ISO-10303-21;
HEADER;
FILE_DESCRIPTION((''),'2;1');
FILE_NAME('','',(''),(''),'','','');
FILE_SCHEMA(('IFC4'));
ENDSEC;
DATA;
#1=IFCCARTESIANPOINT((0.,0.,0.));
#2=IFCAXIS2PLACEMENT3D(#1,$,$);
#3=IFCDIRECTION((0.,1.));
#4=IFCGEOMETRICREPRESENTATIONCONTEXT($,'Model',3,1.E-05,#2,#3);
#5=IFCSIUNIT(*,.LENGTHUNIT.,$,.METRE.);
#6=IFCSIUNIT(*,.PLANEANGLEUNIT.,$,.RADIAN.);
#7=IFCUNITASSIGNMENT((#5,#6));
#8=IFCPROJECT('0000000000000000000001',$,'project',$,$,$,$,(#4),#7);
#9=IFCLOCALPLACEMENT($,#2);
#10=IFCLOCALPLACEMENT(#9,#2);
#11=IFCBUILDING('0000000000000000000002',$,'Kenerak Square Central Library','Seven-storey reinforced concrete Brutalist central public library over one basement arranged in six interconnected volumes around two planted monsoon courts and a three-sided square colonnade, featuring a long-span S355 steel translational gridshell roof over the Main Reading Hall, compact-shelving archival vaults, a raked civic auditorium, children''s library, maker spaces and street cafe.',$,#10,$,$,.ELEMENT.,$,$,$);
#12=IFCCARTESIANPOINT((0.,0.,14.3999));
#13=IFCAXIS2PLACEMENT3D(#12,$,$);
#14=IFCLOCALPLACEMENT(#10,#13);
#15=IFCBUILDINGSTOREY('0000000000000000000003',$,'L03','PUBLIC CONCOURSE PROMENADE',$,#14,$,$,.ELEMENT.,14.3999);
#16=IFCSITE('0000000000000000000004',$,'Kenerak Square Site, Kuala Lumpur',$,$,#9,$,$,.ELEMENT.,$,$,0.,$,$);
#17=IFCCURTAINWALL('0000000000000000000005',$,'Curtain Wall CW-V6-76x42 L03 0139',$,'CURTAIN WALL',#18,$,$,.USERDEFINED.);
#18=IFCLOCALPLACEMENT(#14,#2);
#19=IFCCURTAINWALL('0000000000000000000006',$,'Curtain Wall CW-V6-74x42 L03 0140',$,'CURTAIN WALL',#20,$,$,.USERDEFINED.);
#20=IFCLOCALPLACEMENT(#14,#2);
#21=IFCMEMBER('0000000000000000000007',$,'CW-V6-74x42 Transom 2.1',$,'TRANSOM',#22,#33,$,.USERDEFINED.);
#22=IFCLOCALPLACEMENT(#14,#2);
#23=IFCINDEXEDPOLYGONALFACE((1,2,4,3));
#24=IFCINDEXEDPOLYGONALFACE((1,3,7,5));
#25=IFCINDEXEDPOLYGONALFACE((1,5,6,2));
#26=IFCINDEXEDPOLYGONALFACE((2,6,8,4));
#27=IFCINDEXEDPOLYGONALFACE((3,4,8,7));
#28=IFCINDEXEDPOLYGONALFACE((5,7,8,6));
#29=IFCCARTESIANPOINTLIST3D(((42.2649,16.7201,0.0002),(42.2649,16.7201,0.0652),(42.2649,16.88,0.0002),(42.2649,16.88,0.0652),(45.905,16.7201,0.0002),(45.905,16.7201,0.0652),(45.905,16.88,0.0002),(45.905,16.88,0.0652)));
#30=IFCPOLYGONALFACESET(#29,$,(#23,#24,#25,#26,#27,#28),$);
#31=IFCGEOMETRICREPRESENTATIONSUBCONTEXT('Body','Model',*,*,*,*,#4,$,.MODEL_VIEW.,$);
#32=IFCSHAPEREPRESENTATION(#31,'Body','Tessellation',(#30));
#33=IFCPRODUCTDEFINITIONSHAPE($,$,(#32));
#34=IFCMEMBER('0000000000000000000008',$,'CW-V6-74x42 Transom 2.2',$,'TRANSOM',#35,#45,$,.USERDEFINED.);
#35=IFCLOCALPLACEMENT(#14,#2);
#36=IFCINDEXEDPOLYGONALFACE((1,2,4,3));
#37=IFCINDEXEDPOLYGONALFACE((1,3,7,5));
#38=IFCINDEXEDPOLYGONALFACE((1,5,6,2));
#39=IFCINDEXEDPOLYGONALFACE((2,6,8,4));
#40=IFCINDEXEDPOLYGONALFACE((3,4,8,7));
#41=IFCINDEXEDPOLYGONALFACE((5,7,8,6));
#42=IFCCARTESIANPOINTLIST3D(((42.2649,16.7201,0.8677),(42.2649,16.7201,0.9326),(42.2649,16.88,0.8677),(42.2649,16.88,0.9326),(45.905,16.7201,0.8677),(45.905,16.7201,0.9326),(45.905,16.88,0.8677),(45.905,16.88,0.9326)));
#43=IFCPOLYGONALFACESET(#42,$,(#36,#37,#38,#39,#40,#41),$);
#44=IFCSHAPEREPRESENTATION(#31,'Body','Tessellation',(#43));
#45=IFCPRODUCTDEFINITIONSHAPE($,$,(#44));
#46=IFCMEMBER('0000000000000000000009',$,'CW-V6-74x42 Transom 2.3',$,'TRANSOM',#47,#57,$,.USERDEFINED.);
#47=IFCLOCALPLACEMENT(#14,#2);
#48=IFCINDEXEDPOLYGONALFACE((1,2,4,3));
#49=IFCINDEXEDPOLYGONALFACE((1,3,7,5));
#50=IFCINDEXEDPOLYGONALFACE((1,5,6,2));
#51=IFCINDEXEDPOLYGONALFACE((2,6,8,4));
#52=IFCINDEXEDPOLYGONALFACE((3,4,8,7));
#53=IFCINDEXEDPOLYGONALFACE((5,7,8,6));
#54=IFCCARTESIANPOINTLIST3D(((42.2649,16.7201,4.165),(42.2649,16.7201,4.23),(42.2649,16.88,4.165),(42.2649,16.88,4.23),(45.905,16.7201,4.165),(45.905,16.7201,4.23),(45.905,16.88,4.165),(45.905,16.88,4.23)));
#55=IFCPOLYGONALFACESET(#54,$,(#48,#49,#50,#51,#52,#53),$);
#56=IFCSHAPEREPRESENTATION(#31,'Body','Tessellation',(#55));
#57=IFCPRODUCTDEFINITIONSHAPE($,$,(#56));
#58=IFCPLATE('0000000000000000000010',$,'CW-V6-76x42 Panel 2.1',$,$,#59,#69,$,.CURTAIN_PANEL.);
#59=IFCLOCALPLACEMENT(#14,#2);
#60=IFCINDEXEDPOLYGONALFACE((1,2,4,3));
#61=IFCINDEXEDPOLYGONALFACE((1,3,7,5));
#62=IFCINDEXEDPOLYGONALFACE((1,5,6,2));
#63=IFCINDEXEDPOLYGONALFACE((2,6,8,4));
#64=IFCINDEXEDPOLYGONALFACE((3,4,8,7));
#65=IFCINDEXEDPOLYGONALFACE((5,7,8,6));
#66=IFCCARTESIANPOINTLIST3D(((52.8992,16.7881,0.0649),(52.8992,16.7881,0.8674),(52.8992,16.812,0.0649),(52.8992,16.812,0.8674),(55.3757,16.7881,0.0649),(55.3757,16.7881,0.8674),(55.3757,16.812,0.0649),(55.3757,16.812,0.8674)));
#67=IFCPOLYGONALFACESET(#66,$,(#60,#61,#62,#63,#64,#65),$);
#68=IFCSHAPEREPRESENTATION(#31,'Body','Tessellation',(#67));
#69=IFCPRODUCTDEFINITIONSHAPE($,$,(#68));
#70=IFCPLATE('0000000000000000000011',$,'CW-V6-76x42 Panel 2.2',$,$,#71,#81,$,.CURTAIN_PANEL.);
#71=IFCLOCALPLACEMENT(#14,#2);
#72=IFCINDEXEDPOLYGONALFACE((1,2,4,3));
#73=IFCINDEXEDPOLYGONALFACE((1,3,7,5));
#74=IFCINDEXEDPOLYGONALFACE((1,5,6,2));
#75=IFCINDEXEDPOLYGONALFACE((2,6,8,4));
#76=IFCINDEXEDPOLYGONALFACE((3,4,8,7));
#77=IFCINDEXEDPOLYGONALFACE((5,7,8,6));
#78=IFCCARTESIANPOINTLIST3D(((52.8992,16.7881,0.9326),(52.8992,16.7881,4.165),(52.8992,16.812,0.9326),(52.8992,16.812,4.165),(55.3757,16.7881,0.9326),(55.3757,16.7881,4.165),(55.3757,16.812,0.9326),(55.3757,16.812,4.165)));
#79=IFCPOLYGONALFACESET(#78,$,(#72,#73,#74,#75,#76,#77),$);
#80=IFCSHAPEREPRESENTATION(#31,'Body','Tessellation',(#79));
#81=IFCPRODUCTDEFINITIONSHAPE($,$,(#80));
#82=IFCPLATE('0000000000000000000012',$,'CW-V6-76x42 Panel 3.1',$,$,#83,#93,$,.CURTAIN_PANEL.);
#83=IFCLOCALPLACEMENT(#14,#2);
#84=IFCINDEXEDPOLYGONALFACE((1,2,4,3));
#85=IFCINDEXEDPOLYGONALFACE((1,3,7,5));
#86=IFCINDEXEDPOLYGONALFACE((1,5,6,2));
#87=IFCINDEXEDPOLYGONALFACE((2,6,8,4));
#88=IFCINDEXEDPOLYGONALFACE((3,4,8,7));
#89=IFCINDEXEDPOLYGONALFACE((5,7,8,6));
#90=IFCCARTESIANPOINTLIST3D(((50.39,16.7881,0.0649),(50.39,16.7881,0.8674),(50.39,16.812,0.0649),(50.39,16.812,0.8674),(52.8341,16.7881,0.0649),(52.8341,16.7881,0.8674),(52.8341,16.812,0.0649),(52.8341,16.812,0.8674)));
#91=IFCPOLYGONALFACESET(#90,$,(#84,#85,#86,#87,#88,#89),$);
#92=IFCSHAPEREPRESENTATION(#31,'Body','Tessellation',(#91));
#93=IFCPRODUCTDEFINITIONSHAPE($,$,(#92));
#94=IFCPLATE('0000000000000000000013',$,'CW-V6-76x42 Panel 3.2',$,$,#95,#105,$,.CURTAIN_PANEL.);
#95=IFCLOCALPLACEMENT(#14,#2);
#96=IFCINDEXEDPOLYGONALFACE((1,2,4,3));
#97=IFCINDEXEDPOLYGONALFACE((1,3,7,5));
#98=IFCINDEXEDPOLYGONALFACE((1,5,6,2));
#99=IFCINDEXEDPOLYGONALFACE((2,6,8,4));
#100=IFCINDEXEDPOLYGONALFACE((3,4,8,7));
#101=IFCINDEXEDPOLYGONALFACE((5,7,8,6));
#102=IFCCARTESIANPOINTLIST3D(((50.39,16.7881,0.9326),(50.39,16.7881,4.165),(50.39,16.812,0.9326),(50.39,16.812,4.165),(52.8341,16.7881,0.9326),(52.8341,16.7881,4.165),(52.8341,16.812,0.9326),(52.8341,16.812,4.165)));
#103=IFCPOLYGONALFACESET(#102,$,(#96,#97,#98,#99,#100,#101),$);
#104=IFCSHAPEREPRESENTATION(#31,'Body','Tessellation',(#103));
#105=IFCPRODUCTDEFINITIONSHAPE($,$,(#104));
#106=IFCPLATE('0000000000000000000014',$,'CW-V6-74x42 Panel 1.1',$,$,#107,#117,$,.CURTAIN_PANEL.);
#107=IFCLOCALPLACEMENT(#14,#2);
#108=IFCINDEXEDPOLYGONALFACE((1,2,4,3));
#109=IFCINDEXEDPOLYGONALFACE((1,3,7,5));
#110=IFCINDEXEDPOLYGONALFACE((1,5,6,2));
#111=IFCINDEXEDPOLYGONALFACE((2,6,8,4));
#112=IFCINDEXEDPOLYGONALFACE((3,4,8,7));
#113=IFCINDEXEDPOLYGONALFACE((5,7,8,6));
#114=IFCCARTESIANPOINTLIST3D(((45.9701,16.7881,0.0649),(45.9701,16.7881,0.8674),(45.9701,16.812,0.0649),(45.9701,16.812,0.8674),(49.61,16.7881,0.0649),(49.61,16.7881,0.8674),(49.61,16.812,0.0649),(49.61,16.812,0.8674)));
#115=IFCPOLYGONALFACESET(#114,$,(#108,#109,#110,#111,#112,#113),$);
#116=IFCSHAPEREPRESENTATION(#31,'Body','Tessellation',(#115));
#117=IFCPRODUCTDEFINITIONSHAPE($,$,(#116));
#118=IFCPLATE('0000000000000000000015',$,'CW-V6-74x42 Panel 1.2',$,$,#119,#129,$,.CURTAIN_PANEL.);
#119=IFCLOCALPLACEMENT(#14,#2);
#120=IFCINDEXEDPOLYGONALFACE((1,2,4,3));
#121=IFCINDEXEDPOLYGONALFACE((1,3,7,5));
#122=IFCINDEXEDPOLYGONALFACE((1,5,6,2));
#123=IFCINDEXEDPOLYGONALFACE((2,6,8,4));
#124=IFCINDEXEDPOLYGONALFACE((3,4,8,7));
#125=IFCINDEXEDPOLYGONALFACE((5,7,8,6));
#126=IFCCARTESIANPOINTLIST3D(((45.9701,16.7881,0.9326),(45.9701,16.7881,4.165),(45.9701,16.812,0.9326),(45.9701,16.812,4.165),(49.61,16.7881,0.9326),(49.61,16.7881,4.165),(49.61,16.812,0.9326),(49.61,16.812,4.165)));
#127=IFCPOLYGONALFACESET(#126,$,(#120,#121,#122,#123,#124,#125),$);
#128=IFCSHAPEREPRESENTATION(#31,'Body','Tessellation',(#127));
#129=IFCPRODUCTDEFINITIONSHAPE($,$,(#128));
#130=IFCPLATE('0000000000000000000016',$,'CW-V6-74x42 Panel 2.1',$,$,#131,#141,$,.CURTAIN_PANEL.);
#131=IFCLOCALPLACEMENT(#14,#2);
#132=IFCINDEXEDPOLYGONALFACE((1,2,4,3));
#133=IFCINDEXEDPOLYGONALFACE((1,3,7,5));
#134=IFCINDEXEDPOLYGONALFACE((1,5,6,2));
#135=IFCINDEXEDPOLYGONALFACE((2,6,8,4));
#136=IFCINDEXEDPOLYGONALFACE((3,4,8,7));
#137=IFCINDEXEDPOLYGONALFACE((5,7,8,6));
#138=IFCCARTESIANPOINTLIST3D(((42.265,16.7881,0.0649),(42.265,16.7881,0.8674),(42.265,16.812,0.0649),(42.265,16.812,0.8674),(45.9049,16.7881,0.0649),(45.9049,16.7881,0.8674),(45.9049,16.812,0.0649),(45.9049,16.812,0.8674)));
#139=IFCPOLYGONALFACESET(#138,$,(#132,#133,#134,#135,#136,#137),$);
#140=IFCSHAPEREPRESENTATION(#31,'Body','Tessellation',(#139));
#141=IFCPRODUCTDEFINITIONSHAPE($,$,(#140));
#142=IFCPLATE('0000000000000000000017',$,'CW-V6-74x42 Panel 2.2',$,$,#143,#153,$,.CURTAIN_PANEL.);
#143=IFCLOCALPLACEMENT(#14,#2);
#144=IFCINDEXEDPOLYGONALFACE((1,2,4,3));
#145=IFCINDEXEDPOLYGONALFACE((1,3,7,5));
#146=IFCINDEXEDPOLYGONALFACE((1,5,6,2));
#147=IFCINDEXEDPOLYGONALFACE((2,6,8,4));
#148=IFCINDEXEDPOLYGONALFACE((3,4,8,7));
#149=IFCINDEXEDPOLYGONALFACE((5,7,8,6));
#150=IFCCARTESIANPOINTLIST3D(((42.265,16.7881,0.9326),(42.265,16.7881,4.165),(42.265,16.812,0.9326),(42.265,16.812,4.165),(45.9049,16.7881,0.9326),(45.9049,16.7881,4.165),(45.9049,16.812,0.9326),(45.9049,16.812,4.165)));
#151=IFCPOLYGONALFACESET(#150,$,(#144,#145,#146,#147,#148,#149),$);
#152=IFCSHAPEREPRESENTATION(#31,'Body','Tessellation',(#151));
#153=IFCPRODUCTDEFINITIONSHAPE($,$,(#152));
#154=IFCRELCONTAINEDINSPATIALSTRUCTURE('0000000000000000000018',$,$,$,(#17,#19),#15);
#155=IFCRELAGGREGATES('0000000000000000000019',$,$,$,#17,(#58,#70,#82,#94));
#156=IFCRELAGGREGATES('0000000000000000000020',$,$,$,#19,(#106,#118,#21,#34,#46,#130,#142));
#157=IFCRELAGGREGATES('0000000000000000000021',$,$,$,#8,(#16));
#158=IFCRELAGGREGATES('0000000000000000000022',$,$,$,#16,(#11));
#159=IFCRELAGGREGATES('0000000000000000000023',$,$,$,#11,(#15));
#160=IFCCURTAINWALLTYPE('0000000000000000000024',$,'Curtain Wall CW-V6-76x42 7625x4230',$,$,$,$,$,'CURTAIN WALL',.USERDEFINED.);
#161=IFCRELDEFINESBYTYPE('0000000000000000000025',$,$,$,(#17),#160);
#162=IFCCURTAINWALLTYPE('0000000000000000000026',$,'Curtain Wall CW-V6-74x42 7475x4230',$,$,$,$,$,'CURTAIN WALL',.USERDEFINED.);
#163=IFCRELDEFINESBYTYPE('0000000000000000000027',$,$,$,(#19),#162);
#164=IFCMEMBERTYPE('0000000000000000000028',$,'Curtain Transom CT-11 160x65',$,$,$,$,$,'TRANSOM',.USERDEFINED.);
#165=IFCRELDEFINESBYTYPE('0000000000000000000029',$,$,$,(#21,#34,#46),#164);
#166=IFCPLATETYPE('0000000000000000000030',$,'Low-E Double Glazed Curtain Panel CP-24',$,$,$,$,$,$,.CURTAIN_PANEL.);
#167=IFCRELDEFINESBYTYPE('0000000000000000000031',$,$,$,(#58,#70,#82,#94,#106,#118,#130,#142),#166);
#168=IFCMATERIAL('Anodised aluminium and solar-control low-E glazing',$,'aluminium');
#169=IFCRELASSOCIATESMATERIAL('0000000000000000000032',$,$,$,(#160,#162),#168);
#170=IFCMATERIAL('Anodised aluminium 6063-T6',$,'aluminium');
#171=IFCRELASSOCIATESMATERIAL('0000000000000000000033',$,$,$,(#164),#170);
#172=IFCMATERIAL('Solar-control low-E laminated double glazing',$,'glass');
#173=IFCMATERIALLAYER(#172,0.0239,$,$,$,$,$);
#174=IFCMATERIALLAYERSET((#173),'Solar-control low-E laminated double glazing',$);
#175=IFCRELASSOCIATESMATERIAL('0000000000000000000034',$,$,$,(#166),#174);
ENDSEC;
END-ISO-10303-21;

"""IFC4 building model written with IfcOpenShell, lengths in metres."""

from ifc_helpers import new_model, si_unit, direction, frame, origin, origin_2d, place, context, subcontext, project, spatial, rectangle, extrude, material, layer, layer_set, material_profile, profile_set, type_object, element, aggregate, save


model = new_model("IFC4")

# Units and contexts
model_context = context("Model", 3, precision=1e-05, world=origin(), true_north=direction((0.0, 1.0)))
body_context = subcontext(model_context, "Body", "Model", "MODEL_VIEW")
ifc_project = project(units=[si_unit("LENGTHUNIT", "METRE"), si_unit("PLANEANGLEUNIT", "RADIAN")], contexts=[model_context])

# Site, building, storey
site_placement = place(None, origin())
site = spatial("IfcSite", under=ifc_project, at=site_placement, Name="Kenerak Square Site, Kuala Lumpur", CompositionType="ELEMENT", RefElevation=0.0)
building_placement = place(site_placement, origin())
building = spatial("IfcBuilding", under=site, at=building_placement, Name="Kenerak Square Central Library", Description="Seven-storey reinforced concrete Brutalist central public library over one basement arranged in six interconnected volumes around two planted monsoon courts and a three-sided square colonnade, featuring a long-span S355 steel translational gridshell roof over the Main Reading Hall, compact-shelving archival vaults, a raked civic auditorium, children's library, maker spaces and street cafe.", CompositionType="ELEMENT")
storey_placement = place(building_placement, frame((0.0, 0.0, 14.3999)))
storey = spatial("IfcBuildingStorey", under=building, at=storey_placement, Name="L03", Description="PUBLIC CONCOURSE PROMENADE", CompositionType="ELEMENT", Elevation=14.3999)

# Curtain walls
ifc_material_1 = material(Name="Anodised aluminium and solar-control low-E glazing", Category="aluminium")
curtain_wall_type_1 = type_object("IfcCurtainWallType", Name="Curtain Wall CW-V6-76x42 7625x4230", ElementType="CURTAIN WALL", PredefinedType="USERDEFINED", material=ifc_material_1)
curtain_wall_1_placement = place(storey_placement, origin())
curtain_wall_1 = element("IfcCurtainWall", 1, at=curtain_wall_1_placement, inside=storey, type_object=curtain_wall_type_1, Name="Curtain Wall CW-V6-76x42 L03 0139", ObjectType="CURTAIN WALL", PredefinedType="USERDEFINED")
ifc_material_2 = material(Name="Anodised aluminium 6063-T6", Category="aluminium")
curtain_wall_type_2 = type_object("IfcCurtainWallType", Name="Curtain Wall CW-V6-74x42 7475x4230", ElementType="CURTAIN WALL", PredefinedType="USERDEFINED", material=ifc_material_1)
curtain_wall_2_placement = place(storey_placement, origin())
curtain_wall_2 = element("IfcCurtainWall", 2, at=curtain_wall_2_placement, inside=storey, type_object=curtain_wall_type_2, Name="Curtain Wall CW-V6-74x42 L03 0140", ObjectType="CURTAIN WALL", PredefinedType="USERDEFINED")

# Members
ifc_material_profile_1 = material_profile(ifc_material_2, rectangle(XDim=0.1599, YDim=0.0649, at=origin_2d()), Name="AL TRANSOM 160x65")
ifc_profile_set_1 = profile_set([ifc_material_profile_1], Name="Anodised aluminium 6063-T6")
member_type_1 = type_object("IfcMemberType", Name="Curtain Transom CT-11 160x65", ElementType="TRANSOM", PredefinedType="USERDEFINED", material=ifc_profile_set_1)
member_1_placement = place(storey_placement, frame((45.905, 16.8, 0.0327), z_axis=(-1.0, 0.0, 0.0), x_axis=(0.0, -1.0, 0.0)))
member_1 = element("IfcMember", 3, at=member_1_placement, type_object=member_type_1, Name="CW-V6-74x42 Transom 2.1", ObjectType="TRANSOM", PredefinedType="USERDEFINED", context=body_context, shape_type="SweptSolid", body=[
    extrude(rectangle(XDim=0.1599, YDim=0.0649, at=origin_2d()), origin(), (0.0, 0.0, 1.0), 3.6401),
])
member_2_placement = place(storey_placement, frame((45.905, 16.8, 0.9001), z_axis=(-1.0, 0.0, 0.0), x_axis=(0.0, -1.0, 0.0)))
member_2 = element("IfcMember", 4, at=member_2_placement, type_object=member_type_1, Name="CW-V6-74x42 Transom 2.2", ObjectType="TRANSOM", PredefinedType="USERDEFINED", context=body_context, shape_type="SweptSolid", body=[
    extrude(rectangle(XDim=0.1599, YDim=0.0649, at=origin_2d()), origin(), (0.0, 0.0, 1.0), 3.6401),
])
member_3_placement = place(storey_placement, frame((45.905, 16.8, 4.1975), z_axis=(-1.0, 0.0, 0.0), x_axis=(0.0, -1.0, 0.0)))
member_3 = element("IfcMember", 5, at=member_3_placement, type_object=member_type_1, Name="CW-V6-74x42 Transom 2.3", ObjectType="TRANSOM", PredefinedType="USERDEFINED", context=body_context, shape_type="SweptSolid", body=[
    extrude(rectangle(XDim=0.1599, YDim=0.0649, at=origin_2d()), origin(), (0.0, 0.0, 1.0), 3.6401),
])

# Plates
ifc_material_3 = material(Name="Solar-control low-E laminated double glazing", Category="glass")
ifc_layer = layer(ifc_material_3, 0.0239)
ifc_layer_set = layer_set([ifc_layer], Name="Solar-control low-E laminated double glazing")
plate_type = type_object("IfcPlateType", Name="Low-E Double Glazed Curtain Panel CP-24", PredefinedType="CURTAIN_PANEL", material=ifc_layer_set)
plate_1_placement = place(storey_placement, frame((54.1375, 16.8, 0.0649), z_axis=(0.0, 0.0, 1.0), x_axis=(-1.0, 0.0, 0.0)))
plate_1 = element("IfcPlate", 6, at=plate_1_placement, type_object=plate_type, Name="CW-V6-76x42 Panel 2.1", PredefinedType="CURTAIN_PANEL", context=body_context, shape_type="SweptSolid", body=[
    extrude(rectangle(XDim=2.4766, YDim=0.0239, at=origin_2d()), origin(), (0.0, 0.0, 1.0), 0.8025),
])
plate_2_placement = place(storey_placement, frame((54.1375, 16.8, 0.9326), z_axis=(0.0, 0.0, 1.0), x_axis=(-1.0, 0.0, 0.0)))
plate_2 = element("IfcPlate", 7, at=plate_2_placement, type_object=plate_type, Name="CW-V6-76x42 Panel 2.2", PredefinedType="CURTAIN_PANEL", context=body_context, shape_type="SweptSolid", body=[
    extrude(rectangle(XDim=2.4766, YDim=0.0239, at=origin_2d()), origin(), (0.0, 0.0, 1.0), 3.2324),
])
plate_3_placement = place(storey_placement, frame((51.6121, 16.8, 0.0649), z_axis=(0.0, 0.0, 1.0), x_axis=(-1.0, 0.0, 0.0)))
plate_3 = element("IfcPlate", 8, at=plate_3_placement, type_object=plate_type, Name="CW-V6-76x42 Panel 3.1", PredefinedType="CURTAIN_PANEL", context=body_context, shape_type="SweptSolid", body=[
    extrude(rectangle(XDim=2.4441, YDim=0.0239, at=origin_2d()), origin(), (0.0, 0.0, 1.0), 0.8025),
])
plate_4_placement = place(storey_placement, frame((51.6121, 16.8, 0.9326), z_axis=(0.0, 0.0, 1.0), x_axis=(-1.0, 0.0, 0.0)))
plate_4 = element("IfcPlate", 9, at=plate_4_placement, type_object=plate_type, Name="CW-V6-76x42 Panel 3.2", PredefinedType="CURTAIN_PANEL", context=body_context, shape_type="SweptSolid", body=[
    extrude(rectangle(XDim=2.4441, YDim=0.0239, at=origin_2d()), origin(), (0.0, 0.0, 1.0), 3.2324),
])
aggregate(curtain_wall_1, [plate_1, plate_2, plate_3, plate_4])
plate_5_placement = place(storey_placement, frame((47.79, 16.8, 0.0649), z_axis=(0.0, 0.0, 1.0), x_axis=(-1.0, 0.0, 0.0)))
plate_5 = element("IfcPlate", 10, at=plate_5_placement, type_object=plate_type, Name="CW-V6-74x42 Panel 1.1", PredefinedType="CURTAIN_PANEL", context=body_context, shape_type="SweptSolid", body=[
    extrude(rectangle(XDim=3.6399, YDim=0.0239, at=origin_2d()), origin(), (0.0, 0.0, 1.0), 0.8025),
])
plate_6_placement = place(storey_placement, frame((47.79, 16.8, 0.9326), z_axis=(0.0, 0.0, 1.0), x_axis=(-1.0, 0.0, 0.0)))
plate_6 = element("IfcPlate", 11, at=plate_6_placement, type_object=plate_type, Name="CW-V6-74x42 Panel 1.2", PredefinedType="CURTAIN_PANEL", context=body_context, shape_type="SweptSolid", body=[
    extrude(rectangle(XDim=3.6399, YDim=0.0239, at=origin_2d()), origin(), (0.0, 0.0, 1.0), 3.2324),
])
plate_7_placement = place(storey_placement, frame((44.085, 16.8, 0.0649), z_axis=(0.0, 0.0, 1.0), x_axis=(-1.0, 0.0, 0.0)))
plate_7 = element("IfcPlate", 12, at=plate_7_placement, type_object=plate_type, Name="CW-V6-74x42 Panel 2.1", PredefinedType="CURTAIN_PANEL", context=body_context, shape_type="SweptSolid", body=[
    extrude(rectangle(XDim=3.6399, YDim=0.0239, at=origin_2d()), origin(), (0.0, 0.0, 1.0), 0.8025),
])
plate_8_placement = place(storey_placement, frame((44.085, 16.8, 0.9326), z_axis=(0.0, 0.0, 1.0), x_axis=(-1.0, 0.0, 0.0)))
plate_8 = element("IfcPlate", 13, at=plate_8_placement, type_object=plate_type, Name="CW-V6-74x42 Panel 2.2", PredefinedType="CURTAIN_PANEL", context=body_context, shape_type="SweptSolid", body=[
    extrude(rectangle(XDim=3.6399, YDim=0.0239, at=origin_2d()), origin(), (0.0, 0.0, 1.0), 3.2324),
])
aggregate(curtain_wall_2, [plate_5, plate_6, member_1, member_2, member_3, plate_7, plate_8])

save(model, "model.ifc")
